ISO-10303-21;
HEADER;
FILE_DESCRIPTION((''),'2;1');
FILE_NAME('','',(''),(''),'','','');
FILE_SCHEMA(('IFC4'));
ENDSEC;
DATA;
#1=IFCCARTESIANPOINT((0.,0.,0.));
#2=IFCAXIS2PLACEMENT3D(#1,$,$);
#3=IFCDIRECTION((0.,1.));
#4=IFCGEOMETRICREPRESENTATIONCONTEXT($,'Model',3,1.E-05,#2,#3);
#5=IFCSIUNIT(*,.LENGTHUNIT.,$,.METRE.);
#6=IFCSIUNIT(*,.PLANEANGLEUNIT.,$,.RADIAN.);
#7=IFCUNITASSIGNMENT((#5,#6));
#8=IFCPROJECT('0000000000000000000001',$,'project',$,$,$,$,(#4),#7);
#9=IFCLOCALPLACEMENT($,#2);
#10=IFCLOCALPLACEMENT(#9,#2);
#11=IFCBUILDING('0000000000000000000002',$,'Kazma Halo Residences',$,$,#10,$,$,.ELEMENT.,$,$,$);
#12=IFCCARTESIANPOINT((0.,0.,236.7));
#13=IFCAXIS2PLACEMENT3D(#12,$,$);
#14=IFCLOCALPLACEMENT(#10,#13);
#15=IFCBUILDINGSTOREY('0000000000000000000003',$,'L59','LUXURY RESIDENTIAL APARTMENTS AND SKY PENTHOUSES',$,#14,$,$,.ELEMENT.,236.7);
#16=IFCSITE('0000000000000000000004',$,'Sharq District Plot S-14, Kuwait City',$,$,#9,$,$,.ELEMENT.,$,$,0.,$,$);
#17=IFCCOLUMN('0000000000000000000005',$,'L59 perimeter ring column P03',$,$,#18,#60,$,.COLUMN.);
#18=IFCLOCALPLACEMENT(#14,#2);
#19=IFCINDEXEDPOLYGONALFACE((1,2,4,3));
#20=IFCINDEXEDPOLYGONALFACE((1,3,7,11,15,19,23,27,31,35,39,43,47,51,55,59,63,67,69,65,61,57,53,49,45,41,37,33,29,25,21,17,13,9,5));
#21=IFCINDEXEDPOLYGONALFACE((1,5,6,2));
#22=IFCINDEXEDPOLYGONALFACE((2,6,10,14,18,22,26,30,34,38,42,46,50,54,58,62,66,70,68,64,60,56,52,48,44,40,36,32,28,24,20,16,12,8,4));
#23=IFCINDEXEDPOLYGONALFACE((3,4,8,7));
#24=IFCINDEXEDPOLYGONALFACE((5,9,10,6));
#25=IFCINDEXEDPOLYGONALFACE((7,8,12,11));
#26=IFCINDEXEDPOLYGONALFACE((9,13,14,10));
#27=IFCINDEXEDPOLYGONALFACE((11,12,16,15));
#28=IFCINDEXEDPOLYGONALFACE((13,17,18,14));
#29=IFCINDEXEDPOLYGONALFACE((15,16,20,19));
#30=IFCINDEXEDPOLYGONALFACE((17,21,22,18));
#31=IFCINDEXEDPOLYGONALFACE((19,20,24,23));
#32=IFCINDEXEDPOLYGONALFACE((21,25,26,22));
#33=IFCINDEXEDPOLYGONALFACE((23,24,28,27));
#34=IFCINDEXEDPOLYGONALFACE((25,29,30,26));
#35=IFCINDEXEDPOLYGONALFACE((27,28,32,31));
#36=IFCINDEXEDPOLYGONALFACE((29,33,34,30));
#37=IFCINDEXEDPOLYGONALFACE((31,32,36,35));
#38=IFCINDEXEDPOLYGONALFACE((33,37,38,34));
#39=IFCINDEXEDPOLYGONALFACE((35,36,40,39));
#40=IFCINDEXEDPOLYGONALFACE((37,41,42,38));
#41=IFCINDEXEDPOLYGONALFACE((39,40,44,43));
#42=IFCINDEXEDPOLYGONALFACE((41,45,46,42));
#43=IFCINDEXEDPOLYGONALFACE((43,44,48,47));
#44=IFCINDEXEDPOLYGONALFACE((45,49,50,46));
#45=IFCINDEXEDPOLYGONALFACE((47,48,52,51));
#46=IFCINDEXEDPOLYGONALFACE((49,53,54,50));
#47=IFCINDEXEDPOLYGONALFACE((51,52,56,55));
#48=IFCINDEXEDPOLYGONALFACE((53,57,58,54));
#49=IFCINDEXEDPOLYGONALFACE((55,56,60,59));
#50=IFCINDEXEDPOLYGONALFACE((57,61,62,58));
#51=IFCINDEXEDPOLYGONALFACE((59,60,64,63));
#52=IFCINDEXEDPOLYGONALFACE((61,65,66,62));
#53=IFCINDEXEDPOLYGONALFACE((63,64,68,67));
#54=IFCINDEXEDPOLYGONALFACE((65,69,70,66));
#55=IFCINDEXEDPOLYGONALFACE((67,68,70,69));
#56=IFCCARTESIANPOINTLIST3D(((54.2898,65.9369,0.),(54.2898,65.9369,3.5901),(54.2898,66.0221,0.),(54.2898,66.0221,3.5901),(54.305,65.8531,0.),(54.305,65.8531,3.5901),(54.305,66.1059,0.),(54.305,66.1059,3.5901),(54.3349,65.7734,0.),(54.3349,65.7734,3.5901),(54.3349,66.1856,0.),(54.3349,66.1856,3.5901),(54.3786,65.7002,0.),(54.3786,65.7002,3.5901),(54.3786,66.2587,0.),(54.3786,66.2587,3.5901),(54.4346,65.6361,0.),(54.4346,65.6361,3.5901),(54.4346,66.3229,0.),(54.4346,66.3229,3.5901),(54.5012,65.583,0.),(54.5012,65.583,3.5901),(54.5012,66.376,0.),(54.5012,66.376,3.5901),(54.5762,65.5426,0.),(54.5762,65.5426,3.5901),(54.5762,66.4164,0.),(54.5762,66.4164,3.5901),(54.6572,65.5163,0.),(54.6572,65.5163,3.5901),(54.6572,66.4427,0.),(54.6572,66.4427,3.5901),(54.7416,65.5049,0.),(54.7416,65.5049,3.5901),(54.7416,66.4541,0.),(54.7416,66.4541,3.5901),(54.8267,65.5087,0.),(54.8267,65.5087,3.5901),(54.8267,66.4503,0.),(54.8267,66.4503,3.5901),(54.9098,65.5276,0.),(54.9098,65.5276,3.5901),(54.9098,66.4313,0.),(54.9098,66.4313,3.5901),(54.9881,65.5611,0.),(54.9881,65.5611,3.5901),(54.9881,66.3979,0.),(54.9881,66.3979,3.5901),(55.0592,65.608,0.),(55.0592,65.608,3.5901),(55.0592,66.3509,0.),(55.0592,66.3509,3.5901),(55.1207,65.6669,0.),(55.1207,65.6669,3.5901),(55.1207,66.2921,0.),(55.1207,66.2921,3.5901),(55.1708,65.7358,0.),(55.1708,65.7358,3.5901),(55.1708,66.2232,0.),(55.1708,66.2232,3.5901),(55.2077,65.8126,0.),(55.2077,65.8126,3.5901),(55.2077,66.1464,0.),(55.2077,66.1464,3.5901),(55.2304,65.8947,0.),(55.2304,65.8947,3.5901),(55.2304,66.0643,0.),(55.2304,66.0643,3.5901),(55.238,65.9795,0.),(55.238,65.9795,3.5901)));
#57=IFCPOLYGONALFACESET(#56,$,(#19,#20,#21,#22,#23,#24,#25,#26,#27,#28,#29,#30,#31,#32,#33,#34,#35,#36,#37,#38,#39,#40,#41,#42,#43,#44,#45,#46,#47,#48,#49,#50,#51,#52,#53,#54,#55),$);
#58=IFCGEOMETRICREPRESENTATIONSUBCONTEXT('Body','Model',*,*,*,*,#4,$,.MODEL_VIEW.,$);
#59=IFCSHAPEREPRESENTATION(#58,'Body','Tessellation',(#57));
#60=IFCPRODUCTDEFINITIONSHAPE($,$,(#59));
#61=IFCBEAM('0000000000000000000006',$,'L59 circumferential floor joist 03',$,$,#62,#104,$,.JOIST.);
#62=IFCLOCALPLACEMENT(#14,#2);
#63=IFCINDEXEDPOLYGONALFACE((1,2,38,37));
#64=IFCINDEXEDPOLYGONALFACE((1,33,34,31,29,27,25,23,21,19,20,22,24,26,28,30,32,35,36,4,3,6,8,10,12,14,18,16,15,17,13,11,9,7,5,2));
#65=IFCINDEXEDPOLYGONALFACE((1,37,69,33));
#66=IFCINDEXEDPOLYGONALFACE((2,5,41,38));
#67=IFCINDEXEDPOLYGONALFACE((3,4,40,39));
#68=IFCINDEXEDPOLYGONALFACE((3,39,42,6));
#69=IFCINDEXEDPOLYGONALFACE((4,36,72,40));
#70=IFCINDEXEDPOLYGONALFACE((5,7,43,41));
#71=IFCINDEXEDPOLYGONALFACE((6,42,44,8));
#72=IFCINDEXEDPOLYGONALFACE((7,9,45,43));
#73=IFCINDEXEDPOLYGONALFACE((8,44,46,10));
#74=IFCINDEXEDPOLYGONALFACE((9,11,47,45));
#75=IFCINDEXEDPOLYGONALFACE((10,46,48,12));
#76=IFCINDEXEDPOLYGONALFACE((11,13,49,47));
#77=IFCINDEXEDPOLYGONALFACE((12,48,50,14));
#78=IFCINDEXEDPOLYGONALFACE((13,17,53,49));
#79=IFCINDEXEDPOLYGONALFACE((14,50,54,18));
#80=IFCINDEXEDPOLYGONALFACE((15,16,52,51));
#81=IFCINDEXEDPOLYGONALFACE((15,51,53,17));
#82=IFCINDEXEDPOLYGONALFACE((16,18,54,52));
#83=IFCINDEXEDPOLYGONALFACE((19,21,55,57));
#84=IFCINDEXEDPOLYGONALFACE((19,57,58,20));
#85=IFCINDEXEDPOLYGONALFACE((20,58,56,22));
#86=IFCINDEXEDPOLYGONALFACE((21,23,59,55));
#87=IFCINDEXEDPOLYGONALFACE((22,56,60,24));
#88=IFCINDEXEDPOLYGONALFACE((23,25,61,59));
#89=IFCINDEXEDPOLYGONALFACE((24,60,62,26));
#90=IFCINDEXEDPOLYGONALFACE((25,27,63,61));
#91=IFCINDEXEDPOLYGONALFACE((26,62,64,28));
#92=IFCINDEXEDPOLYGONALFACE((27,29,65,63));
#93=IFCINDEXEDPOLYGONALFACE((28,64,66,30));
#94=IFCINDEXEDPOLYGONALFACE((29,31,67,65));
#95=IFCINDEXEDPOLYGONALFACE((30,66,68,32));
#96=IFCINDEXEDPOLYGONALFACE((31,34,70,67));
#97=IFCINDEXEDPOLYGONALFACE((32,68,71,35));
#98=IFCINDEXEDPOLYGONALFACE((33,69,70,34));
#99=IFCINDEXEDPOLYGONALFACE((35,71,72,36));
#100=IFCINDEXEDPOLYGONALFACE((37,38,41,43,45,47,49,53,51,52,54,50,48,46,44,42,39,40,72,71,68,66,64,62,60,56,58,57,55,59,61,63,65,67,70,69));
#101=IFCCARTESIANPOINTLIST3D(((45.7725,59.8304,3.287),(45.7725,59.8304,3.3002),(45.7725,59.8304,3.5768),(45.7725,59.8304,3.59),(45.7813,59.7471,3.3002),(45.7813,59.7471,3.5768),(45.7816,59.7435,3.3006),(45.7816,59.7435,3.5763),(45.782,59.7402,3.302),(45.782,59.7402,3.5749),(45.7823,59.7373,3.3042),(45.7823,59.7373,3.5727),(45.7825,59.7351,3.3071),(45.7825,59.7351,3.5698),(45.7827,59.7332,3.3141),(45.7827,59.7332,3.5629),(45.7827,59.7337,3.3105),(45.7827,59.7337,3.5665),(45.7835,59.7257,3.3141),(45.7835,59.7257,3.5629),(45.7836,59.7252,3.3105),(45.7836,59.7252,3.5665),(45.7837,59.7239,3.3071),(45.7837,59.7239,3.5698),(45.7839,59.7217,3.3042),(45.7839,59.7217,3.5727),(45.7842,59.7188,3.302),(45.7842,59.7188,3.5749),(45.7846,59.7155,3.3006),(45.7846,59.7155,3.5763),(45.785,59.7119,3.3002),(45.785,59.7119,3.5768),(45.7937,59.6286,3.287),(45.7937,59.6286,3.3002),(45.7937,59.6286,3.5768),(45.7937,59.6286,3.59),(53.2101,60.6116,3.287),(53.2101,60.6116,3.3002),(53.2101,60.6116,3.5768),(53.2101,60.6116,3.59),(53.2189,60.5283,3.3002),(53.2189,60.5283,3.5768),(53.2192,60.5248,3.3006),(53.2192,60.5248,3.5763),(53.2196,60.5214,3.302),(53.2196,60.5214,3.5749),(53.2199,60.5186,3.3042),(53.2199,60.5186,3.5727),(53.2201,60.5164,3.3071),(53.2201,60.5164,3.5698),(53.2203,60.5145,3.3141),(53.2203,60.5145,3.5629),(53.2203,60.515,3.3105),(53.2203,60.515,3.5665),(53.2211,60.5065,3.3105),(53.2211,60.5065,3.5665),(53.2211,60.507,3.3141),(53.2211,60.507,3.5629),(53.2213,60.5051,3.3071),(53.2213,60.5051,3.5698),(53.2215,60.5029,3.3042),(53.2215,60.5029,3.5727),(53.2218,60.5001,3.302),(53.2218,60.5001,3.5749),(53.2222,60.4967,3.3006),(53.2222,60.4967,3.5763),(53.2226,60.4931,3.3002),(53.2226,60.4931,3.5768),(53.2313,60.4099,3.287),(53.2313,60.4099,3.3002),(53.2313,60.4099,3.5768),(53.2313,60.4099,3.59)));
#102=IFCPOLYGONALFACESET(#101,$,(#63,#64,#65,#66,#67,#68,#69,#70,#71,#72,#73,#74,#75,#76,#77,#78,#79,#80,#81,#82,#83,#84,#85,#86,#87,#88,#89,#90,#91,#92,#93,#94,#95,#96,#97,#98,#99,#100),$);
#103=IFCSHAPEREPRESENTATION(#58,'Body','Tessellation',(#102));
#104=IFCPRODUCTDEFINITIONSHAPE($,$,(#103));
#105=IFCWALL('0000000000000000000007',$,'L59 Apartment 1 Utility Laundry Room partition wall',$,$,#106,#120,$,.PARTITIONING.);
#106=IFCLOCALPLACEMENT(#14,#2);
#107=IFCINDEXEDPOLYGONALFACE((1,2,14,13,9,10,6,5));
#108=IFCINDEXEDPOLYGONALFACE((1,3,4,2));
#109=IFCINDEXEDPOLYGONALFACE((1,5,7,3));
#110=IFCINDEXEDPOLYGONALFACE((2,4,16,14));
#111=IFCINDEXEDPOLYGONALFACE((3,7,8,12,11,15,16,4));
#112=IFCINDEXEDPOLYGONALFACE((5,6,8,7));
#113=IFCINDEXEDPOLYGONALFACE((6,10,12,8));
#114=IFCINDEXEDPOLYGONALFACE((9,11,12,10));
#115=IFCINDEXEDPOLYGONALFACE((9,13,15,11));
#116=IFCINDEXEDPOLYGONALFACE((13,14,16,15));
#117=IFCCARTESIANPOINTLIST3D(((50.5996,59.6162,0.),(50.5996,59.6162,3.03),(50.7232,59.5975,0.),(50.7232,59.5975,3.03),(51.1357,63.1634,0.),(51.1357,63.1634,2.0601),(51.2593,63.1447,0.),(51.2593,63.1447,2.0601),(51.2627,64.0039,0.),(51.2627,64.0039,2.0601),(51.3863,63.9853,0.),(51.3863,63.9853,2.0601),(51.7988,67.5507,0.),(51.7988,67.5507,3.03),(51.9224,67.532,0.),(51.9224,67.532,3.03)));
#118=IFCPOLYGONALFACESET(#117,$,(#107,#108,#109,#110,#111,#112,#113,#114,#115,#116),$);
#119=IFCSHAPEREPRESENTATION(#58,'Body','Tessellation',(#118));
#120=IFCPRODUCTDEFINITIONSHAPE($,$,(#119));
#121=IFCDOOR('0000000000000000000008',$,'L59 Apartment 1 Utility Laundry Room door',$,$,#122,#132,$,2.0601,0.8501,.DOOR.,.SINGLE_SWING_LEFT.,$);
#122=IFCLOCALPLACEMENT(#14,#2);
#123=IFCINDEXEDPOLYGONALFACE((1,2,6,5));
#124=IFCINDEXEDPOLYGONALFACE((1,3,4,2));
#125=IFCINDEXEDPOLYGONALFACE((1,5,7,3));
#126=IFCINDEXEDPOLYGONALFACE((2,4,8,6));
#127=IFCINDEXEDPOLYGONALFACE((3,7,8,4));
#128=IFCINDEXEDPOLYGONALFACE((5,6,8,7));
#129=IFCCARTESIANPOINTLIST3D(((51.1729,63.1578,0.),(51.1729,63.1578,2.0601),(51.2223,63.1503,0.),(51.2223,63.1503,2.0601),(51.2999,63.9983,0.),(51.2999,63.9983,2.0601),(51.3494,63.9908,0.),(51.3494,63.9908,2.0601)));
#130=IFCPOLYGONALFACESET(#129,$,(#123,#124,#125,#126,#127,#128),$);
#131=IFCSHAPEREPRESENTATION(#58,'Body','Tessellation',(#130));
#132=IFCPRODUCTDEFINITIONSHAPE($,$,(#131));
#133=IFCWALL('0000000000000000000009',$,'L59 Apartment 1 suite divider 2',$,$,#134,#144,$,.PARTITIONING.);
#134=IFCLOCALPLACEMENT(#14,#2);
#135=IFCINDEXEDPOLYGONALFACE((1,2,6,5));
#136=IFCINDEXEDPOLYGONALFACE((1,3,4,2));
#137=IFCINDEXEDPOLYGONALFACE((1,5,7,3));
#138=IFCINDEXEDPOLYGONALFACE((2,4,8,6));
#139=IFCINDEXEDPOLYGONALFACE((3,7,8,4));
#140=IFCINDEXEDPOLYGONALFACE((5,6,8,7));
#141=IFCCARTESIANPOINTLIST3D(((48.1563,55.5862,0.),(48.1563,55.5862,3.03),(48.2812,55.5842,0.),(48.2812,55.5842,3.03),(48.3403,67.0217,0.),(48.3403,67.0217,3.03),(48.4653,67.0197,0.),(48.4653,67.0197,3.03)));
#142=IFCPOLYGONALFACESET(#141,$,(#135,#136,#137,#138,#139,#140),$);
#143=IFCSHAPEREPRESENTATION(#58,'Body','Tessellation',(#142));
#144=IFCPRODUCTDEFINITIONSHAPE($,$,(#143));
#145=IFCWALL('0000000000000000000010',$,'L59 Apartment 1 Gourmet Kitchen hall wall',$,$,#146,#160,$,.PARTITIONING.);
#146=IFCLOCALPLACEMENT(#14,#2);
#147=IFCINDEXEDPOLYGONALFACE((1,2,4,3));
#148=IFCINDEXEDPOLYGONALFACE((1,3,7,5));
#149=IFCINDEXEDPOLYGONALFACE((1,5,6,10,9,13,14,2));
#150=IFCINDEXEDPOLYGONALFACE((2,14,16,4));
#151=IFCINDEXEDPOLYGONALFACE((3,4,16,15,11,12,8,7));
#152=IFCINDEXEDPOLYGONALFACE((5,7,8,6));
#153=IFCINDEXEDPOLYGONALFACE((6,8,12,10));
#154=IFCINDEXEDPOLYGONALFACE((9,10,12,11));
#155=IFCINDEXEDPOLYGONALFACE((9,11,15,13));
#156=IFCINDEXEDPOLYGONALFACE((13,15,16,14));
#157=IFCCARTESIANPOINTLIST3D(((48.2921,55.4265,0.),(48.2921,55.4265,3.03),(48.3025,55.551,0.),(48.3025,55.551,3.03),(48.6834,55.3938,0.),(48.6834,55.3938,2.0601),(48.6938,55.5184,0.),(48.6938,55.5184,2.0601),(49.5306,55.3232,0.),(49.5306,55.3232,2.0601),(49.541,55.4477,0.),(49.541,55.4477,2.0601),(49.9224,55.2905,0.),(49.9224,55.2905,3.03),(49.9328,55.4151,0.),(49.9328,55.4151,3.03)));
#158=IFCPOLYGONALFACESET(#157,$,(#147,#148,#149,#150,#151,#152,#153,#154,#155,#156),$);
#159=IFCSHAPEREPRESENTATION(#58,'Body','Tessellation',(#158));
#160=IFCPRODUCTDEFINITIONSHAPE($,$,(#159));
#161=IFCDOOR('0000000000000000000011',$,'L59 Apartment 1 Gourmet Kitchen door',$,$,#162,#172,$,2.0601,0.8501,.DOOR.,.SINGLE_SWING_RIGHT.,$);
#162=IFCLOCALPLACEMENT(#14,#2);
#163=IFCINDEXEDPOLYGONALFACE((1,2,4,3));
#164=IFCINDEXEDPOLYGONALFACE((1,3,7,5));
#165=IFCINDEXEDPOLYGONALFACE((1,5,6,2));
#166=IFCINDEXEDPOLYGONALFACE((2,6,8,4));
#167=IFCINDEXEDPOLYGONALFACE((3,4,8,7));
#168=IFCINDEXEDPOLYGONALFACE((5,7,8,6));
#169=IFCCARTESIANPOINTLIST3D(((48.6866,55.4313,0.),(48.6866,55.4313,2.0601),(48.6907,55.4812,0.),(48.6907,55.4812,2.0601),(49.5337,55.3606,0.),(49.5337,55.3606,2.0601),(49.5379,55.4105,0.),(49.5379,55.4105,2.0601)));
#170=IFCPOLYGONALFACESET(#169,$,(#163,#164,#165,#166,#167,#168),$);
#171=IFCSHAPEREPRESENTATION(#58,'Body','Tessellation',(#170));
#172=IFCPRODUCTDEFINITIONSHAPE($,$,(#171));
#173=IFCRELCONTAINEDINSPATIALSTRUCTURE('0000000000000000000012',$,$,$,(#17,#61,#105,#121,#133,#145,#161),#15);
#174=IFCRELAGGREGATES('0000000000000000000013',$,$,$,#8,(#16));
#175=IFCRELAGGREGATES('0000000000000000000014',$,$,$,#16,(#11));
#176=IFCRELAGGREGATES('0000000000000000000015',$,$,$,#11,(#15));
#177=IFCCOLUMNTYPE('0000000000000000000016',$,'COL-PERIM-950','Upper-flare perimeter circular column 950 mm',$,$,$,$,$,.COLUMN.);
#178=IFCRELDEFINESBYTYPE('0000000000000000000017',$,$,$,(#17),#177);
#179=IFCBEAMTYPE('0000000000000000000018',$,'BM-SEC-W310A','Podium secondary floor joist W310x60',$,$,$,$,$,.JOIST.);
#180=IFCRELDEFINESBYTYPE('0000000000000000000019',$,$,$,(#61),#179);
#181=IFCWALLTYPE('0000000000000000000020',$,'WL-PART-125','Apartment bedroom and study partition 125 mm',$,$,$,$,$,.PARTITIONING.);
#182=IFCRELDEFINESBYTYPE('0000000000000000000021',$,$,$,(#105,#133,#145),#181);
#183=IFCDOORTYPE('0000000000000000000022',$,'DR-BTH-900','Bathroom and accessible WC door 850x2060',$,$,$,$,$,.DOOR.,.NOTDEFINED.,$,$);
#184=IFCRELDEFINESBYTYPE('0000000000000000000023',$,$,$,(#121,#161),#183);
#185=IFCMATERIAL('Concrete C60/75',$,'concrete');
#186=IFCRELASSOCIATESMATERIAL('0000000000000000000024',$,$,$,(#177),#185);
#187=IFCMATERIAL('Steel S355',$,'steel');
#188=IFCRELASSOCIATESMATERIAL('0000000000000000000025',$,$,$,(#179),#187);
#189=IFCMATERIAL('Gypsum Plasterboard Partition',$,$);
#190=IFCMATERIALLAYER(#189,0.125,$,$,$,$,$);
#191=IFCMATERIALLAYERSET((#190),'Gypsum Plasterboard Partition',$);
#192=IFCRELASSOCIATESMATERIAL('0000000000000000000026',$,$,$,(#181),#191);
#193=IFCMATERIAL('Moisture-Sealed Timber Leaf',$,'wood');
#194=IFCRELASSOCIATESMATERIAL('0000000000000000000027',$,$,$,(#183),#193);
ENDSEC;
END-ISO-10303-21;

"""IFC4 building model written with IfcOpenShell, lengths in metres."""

from ifc_helpers import new_model, si_unit, direction, frame, frame_2d, origin, origin_2d, place, context, subcontext, project, spatial, rectangle, circle, i_section, extrude, material, layer, layer_set, material_profile, profile_set, type_object, element, fill, save


model = new_model("IFC4")

# Units and contexts
model_context = context("Model", 3, precision=1e-05, world=origin(), true_north=direction((0.0, 1.0)))
body_context = subcontext(model_context, "Body", "Model", "MODEL_VIEW")
ifc_project = project(units=[si_unit("LENGTHUNIT", "METRE"), si_unit("PLANEANGLEUNIT", "RADIAN")], contexts=[model_context])

# Site, building, storey
site_placement = place(None, origin())
site = spatial("IfcSite", under=ifc_project, at=site_placement, Name="Sharq District Plot S-14, Kuwait City", CompositionType="ELEMENT", RefElevation=0.0)
building_placement = place(site_placement, origin())
building = spatial("IfcBuilding", under=site, at=building_placement, Name="Kazma Halo Residences", CompositionType="ELEMENT")
storey_placement = place(building_placement, frame((0.0, 0.0, 236.7)))
storey = spatial("IfcBuildingStorey", under=building, at=storey_placement, Name="L59", Description="LUXURY RESIDENTIAL APARTMENTS AND SKY PENTHOUSES", CompositionType="ELEMENT", Elevation=236.7)

# Column
ifc_material_1 = material(Name="Concrete C60/75", Category="concrete")
ifc_material_profile_1 = material_profile(ifc_material_1, circle(Radius=0.4751, at=origin_2d()), Name="CIRC950")
ifc_profile_set_1 = profile_set([ifc_material_profile_1], Name="Concrete C60/75")
column_type = type_object("IfcColumnType", Name="COL-PERIM-950", Description="Upper-flare perimeter circular column 950 mm", PredefinedType="COLUMN", material=ifc_profile_set_1)
column_placement = place(storey_placement, frame((54.7629, 65.9795, 0.0), z_axis=(0.0, 0.0, 1.0), x_axis=(1.0, 0.0, 0.0)))
element("IfcColumn", 1, at=column_placement, inside=storey, type_object=column_type, Name="L59 perimeter ring column P03", PredefinedType="COLUMN", context=body_context, shape_type="SweptSolid", body=[
    extrude(circle(Radius=0.4751, at=origin_2d()), origin(), (0.0, 0.0, 1.0), 3.5901),
])

# Beam
ifc_material_2 = material(Name="Steel S355", Category="steel")
ifc_material_profile_2 = material_profile(ifc_material_2, i_section(OverallWidth=0.2029, OverallDepth=0.303, WebThickness=0.0076, FlangeThickness=0.0132, FilletRadius=0.0139, at=origin_2d()), Name="W310x60")
ifc_profile_set_2 = profile_set([ifc_material_profile_2], Name="Steel S355")
beam_type = type_object("IfcBeamType", Name="BM-SEC-W310A", Description="Podium secondary floor joist W310x60", PredefinedType="JOIST", material=ifc_profile_set_2)
beam_placement = place(storey_placement, frame((53.2207, 60.5107, 3.4385), z_axis=(-0.994528, -0.104467, 0.0), x_axis=(0.104467, -0.994528, 0.0)))
element("IfcBeam", 2, at=beam_placement, inside=storey, type_object=beam_type, Name="L59 circumferential floor joist 03", PredefinedType="JOIST", context=body_context, shape_type="SweptSolid", body=[
    extrude(i_section(OverallWidth=0.2029, OverallDepth=0.303, WebThickness=0.0076, FlangeThickness=0.0132, FilletRadius=0.0139, at=origin_2d()), origin(), (0.0, 0.0, 1.0), 7.4785),
])

# Wall, opening, door
ifc_material_3 = material(Name="Gypsum Plasterboard Partition")
ifc_layer_1 = layer(ifc_material_3, 0.125)
ifc_layer_set_1 = layer_set([ifc_layer_1], Name="Gypsum Plasterboard Partition")
wall_type_1 = type_object("IfcWallType", Name="WL-PART-125", Description="Apartment bedroom and study partition 125 mm", PredefinedType="PARTITIONING", material=ifc_layer_set_1)
wall_1_placement = place(storey_placement, frame((50.6614, 59.6069, 0.0), z_axis=(0.0, 0.0, 1.0), x_axis=(0.149441, 0.988771, 0.0)))
wall_1 = element("IfcWall", 3, at=wall_1_placement, inside=storey, type_object=wall_type_1, Name="L59 Apartment 1 Utility Laundry Room partition wall", PredefinedType="PARTITIONING", context=body_context, shape_type="SweptSolid", body=[
    extrude(rectangle(XDim=8.0247, YDim=0.125, at=frame_2d((4.0122, 0.0))), origin(), (0.0, 0.0, 1.0), 3.03),
])
opening_1_placement = place(wall_1_placement, frame((3.5874, 0.0, 0.0)))
opening_1 = element("IfcOpeningElement", 4, at=opening_1_placement, cuts=wall_1, PredefinedType="OPENING", context=body_context, shape_type="SweptSolid", body=[
    extrude(rectangle(XDim=0.8501, YDim=2.0601, at=frame_2d((0.425, 1.03))), frame((0.0, 0.0725, 0.0), z_axis=(0.0, -1.0, 0.0), x_axis=(1.0, 0.0, 0.0)), (0.0, 0.0, 1.0), 0.145),
])
ifc_material_4 = material(Name="Moisture-Sealed Timber Leaf", Category="wood")
door_type = type_object("IfcDoorType", Name="DR-BTH-900", Description="Bathroom and accessible WC door 850x2060", OperationType="NOTDEFINED", PredefinedType="DOOR", material=ifc_material_4)
door_1_placement = place(opening_1_placement, origin())
door_1 = element("IfcDoor", 5, at=door_1_placement, inside=storey, type_object=door_type, Name="L59 Apartment 1 Utility Laundry Room door", OperationType="SINGLE_SWING_LEFT", OverallHeight=2.0601, OverallWidth=0.8501, PredefinedType="DOOR", context=body_context, shape_type="SweptSolid", body=[
    extrude(rectangle(XDim=0.8501, YDim=2.0601, at=frame_2d((0.425, 1.03))), frame((0.0, 0.0249, 0.0), z_axis=(0.0, -1.0, 0.0), x_axis=(1.0, 0.0, 0.0)), (0.0, 0.0, 1.0), 0.05),
])
fill(opening_1, door_1)

# Wall
wall_2_placement = place(storey_placement, frame((48.2188, 55.5852, 0.0), z_axis=(0.0, 0.0, 1.0), x_axis=(0.016095, 0.99987, 0.0)))
element("IfcWall", 6, at=wall_2_placement, inside=storey, type_object=wall_type_1, Name="L59 Apartment 1 suite divider 2", PredefinedType="PARTITIONING", context=body_context, shape_type="SweptSolid", body=[
    extrude(rectangle(XDim=11.437, YDim=0.125, at=frame_2d((5.7185, 0.0))), origin(), (0.0, 0.0, 1.0), 3.03),
])

# Wall, opening, door
wall_3_placement = place(storey_placement, frame((49.9275, 55.3528, 0.0), z_axis=(0.0, 0.0, 1.0), x_axis=(-0.99654, 0.08312, 0.0)))
wall_3 = element("IfcWall", 7, at=wall_3_placement, inside=storey, type_object=wall_type_1, Name="L59 Apartment 1 Gourmet Kitchen hall wall", PredefinedType="PARTITIONING", context=body_context, shape_type="SweptSolid", body=[
    extrude(rectangle(XDim=1.636, YDim=0.125, at=frame_2d((0.8179, 0.0))), origin(), (0.0, 0.0, 1.0), 3.03),
])
opening_2_placement = place(wall_3_placement, frame((0.3931, 0.0, 0.0)))
opening_2 = element("IfcOpeningElement", 8, at=opening_2_placement, cuts=wall_3, PredefinedType="OPENING", context=body_context, shape_type="SweptSolid", body=[
    extrude(rectangle(XDim=0.8501, YDim=2.0601, at=frame_2d((0.425, 1.03))), frame((0.0, 0.0725, 0.0), z_axis=(0.0, -1.0, 0.0), x_axis=(1.0, 0.0, 0.0)), (0.0, 0.0, 1.0), 0.145),
])
door_2_placement = place(opening_2_placement, origin())
door_2 = element("IfcDoor", 9, at=door_2_placement, inside=storey, type_object=door_type, Name="L59 Apartment 1 Gourmet Kitchen door", OperationType="SINGLE_SWING_RIGHT", OverallHeight=2.0601, OverallWidth=0.8501, PredefinedType="DOOR", context=body_context, shape_type="SweptSolid", body=[
    extrude(rectangle(XDim=0.8501, YDim=2.0601, at=frame_2d((0.425, 1.03))), frame((0.0, 0.0249, 0.0), z_axis=(0.0, -1.0, 0.0), x_axis=(1.0, 0.0, 0.0)), (0.0, 0.0, 1.0), 0.05),
])
fill(opening_2, door_2)

save(model, "model.ifc")
